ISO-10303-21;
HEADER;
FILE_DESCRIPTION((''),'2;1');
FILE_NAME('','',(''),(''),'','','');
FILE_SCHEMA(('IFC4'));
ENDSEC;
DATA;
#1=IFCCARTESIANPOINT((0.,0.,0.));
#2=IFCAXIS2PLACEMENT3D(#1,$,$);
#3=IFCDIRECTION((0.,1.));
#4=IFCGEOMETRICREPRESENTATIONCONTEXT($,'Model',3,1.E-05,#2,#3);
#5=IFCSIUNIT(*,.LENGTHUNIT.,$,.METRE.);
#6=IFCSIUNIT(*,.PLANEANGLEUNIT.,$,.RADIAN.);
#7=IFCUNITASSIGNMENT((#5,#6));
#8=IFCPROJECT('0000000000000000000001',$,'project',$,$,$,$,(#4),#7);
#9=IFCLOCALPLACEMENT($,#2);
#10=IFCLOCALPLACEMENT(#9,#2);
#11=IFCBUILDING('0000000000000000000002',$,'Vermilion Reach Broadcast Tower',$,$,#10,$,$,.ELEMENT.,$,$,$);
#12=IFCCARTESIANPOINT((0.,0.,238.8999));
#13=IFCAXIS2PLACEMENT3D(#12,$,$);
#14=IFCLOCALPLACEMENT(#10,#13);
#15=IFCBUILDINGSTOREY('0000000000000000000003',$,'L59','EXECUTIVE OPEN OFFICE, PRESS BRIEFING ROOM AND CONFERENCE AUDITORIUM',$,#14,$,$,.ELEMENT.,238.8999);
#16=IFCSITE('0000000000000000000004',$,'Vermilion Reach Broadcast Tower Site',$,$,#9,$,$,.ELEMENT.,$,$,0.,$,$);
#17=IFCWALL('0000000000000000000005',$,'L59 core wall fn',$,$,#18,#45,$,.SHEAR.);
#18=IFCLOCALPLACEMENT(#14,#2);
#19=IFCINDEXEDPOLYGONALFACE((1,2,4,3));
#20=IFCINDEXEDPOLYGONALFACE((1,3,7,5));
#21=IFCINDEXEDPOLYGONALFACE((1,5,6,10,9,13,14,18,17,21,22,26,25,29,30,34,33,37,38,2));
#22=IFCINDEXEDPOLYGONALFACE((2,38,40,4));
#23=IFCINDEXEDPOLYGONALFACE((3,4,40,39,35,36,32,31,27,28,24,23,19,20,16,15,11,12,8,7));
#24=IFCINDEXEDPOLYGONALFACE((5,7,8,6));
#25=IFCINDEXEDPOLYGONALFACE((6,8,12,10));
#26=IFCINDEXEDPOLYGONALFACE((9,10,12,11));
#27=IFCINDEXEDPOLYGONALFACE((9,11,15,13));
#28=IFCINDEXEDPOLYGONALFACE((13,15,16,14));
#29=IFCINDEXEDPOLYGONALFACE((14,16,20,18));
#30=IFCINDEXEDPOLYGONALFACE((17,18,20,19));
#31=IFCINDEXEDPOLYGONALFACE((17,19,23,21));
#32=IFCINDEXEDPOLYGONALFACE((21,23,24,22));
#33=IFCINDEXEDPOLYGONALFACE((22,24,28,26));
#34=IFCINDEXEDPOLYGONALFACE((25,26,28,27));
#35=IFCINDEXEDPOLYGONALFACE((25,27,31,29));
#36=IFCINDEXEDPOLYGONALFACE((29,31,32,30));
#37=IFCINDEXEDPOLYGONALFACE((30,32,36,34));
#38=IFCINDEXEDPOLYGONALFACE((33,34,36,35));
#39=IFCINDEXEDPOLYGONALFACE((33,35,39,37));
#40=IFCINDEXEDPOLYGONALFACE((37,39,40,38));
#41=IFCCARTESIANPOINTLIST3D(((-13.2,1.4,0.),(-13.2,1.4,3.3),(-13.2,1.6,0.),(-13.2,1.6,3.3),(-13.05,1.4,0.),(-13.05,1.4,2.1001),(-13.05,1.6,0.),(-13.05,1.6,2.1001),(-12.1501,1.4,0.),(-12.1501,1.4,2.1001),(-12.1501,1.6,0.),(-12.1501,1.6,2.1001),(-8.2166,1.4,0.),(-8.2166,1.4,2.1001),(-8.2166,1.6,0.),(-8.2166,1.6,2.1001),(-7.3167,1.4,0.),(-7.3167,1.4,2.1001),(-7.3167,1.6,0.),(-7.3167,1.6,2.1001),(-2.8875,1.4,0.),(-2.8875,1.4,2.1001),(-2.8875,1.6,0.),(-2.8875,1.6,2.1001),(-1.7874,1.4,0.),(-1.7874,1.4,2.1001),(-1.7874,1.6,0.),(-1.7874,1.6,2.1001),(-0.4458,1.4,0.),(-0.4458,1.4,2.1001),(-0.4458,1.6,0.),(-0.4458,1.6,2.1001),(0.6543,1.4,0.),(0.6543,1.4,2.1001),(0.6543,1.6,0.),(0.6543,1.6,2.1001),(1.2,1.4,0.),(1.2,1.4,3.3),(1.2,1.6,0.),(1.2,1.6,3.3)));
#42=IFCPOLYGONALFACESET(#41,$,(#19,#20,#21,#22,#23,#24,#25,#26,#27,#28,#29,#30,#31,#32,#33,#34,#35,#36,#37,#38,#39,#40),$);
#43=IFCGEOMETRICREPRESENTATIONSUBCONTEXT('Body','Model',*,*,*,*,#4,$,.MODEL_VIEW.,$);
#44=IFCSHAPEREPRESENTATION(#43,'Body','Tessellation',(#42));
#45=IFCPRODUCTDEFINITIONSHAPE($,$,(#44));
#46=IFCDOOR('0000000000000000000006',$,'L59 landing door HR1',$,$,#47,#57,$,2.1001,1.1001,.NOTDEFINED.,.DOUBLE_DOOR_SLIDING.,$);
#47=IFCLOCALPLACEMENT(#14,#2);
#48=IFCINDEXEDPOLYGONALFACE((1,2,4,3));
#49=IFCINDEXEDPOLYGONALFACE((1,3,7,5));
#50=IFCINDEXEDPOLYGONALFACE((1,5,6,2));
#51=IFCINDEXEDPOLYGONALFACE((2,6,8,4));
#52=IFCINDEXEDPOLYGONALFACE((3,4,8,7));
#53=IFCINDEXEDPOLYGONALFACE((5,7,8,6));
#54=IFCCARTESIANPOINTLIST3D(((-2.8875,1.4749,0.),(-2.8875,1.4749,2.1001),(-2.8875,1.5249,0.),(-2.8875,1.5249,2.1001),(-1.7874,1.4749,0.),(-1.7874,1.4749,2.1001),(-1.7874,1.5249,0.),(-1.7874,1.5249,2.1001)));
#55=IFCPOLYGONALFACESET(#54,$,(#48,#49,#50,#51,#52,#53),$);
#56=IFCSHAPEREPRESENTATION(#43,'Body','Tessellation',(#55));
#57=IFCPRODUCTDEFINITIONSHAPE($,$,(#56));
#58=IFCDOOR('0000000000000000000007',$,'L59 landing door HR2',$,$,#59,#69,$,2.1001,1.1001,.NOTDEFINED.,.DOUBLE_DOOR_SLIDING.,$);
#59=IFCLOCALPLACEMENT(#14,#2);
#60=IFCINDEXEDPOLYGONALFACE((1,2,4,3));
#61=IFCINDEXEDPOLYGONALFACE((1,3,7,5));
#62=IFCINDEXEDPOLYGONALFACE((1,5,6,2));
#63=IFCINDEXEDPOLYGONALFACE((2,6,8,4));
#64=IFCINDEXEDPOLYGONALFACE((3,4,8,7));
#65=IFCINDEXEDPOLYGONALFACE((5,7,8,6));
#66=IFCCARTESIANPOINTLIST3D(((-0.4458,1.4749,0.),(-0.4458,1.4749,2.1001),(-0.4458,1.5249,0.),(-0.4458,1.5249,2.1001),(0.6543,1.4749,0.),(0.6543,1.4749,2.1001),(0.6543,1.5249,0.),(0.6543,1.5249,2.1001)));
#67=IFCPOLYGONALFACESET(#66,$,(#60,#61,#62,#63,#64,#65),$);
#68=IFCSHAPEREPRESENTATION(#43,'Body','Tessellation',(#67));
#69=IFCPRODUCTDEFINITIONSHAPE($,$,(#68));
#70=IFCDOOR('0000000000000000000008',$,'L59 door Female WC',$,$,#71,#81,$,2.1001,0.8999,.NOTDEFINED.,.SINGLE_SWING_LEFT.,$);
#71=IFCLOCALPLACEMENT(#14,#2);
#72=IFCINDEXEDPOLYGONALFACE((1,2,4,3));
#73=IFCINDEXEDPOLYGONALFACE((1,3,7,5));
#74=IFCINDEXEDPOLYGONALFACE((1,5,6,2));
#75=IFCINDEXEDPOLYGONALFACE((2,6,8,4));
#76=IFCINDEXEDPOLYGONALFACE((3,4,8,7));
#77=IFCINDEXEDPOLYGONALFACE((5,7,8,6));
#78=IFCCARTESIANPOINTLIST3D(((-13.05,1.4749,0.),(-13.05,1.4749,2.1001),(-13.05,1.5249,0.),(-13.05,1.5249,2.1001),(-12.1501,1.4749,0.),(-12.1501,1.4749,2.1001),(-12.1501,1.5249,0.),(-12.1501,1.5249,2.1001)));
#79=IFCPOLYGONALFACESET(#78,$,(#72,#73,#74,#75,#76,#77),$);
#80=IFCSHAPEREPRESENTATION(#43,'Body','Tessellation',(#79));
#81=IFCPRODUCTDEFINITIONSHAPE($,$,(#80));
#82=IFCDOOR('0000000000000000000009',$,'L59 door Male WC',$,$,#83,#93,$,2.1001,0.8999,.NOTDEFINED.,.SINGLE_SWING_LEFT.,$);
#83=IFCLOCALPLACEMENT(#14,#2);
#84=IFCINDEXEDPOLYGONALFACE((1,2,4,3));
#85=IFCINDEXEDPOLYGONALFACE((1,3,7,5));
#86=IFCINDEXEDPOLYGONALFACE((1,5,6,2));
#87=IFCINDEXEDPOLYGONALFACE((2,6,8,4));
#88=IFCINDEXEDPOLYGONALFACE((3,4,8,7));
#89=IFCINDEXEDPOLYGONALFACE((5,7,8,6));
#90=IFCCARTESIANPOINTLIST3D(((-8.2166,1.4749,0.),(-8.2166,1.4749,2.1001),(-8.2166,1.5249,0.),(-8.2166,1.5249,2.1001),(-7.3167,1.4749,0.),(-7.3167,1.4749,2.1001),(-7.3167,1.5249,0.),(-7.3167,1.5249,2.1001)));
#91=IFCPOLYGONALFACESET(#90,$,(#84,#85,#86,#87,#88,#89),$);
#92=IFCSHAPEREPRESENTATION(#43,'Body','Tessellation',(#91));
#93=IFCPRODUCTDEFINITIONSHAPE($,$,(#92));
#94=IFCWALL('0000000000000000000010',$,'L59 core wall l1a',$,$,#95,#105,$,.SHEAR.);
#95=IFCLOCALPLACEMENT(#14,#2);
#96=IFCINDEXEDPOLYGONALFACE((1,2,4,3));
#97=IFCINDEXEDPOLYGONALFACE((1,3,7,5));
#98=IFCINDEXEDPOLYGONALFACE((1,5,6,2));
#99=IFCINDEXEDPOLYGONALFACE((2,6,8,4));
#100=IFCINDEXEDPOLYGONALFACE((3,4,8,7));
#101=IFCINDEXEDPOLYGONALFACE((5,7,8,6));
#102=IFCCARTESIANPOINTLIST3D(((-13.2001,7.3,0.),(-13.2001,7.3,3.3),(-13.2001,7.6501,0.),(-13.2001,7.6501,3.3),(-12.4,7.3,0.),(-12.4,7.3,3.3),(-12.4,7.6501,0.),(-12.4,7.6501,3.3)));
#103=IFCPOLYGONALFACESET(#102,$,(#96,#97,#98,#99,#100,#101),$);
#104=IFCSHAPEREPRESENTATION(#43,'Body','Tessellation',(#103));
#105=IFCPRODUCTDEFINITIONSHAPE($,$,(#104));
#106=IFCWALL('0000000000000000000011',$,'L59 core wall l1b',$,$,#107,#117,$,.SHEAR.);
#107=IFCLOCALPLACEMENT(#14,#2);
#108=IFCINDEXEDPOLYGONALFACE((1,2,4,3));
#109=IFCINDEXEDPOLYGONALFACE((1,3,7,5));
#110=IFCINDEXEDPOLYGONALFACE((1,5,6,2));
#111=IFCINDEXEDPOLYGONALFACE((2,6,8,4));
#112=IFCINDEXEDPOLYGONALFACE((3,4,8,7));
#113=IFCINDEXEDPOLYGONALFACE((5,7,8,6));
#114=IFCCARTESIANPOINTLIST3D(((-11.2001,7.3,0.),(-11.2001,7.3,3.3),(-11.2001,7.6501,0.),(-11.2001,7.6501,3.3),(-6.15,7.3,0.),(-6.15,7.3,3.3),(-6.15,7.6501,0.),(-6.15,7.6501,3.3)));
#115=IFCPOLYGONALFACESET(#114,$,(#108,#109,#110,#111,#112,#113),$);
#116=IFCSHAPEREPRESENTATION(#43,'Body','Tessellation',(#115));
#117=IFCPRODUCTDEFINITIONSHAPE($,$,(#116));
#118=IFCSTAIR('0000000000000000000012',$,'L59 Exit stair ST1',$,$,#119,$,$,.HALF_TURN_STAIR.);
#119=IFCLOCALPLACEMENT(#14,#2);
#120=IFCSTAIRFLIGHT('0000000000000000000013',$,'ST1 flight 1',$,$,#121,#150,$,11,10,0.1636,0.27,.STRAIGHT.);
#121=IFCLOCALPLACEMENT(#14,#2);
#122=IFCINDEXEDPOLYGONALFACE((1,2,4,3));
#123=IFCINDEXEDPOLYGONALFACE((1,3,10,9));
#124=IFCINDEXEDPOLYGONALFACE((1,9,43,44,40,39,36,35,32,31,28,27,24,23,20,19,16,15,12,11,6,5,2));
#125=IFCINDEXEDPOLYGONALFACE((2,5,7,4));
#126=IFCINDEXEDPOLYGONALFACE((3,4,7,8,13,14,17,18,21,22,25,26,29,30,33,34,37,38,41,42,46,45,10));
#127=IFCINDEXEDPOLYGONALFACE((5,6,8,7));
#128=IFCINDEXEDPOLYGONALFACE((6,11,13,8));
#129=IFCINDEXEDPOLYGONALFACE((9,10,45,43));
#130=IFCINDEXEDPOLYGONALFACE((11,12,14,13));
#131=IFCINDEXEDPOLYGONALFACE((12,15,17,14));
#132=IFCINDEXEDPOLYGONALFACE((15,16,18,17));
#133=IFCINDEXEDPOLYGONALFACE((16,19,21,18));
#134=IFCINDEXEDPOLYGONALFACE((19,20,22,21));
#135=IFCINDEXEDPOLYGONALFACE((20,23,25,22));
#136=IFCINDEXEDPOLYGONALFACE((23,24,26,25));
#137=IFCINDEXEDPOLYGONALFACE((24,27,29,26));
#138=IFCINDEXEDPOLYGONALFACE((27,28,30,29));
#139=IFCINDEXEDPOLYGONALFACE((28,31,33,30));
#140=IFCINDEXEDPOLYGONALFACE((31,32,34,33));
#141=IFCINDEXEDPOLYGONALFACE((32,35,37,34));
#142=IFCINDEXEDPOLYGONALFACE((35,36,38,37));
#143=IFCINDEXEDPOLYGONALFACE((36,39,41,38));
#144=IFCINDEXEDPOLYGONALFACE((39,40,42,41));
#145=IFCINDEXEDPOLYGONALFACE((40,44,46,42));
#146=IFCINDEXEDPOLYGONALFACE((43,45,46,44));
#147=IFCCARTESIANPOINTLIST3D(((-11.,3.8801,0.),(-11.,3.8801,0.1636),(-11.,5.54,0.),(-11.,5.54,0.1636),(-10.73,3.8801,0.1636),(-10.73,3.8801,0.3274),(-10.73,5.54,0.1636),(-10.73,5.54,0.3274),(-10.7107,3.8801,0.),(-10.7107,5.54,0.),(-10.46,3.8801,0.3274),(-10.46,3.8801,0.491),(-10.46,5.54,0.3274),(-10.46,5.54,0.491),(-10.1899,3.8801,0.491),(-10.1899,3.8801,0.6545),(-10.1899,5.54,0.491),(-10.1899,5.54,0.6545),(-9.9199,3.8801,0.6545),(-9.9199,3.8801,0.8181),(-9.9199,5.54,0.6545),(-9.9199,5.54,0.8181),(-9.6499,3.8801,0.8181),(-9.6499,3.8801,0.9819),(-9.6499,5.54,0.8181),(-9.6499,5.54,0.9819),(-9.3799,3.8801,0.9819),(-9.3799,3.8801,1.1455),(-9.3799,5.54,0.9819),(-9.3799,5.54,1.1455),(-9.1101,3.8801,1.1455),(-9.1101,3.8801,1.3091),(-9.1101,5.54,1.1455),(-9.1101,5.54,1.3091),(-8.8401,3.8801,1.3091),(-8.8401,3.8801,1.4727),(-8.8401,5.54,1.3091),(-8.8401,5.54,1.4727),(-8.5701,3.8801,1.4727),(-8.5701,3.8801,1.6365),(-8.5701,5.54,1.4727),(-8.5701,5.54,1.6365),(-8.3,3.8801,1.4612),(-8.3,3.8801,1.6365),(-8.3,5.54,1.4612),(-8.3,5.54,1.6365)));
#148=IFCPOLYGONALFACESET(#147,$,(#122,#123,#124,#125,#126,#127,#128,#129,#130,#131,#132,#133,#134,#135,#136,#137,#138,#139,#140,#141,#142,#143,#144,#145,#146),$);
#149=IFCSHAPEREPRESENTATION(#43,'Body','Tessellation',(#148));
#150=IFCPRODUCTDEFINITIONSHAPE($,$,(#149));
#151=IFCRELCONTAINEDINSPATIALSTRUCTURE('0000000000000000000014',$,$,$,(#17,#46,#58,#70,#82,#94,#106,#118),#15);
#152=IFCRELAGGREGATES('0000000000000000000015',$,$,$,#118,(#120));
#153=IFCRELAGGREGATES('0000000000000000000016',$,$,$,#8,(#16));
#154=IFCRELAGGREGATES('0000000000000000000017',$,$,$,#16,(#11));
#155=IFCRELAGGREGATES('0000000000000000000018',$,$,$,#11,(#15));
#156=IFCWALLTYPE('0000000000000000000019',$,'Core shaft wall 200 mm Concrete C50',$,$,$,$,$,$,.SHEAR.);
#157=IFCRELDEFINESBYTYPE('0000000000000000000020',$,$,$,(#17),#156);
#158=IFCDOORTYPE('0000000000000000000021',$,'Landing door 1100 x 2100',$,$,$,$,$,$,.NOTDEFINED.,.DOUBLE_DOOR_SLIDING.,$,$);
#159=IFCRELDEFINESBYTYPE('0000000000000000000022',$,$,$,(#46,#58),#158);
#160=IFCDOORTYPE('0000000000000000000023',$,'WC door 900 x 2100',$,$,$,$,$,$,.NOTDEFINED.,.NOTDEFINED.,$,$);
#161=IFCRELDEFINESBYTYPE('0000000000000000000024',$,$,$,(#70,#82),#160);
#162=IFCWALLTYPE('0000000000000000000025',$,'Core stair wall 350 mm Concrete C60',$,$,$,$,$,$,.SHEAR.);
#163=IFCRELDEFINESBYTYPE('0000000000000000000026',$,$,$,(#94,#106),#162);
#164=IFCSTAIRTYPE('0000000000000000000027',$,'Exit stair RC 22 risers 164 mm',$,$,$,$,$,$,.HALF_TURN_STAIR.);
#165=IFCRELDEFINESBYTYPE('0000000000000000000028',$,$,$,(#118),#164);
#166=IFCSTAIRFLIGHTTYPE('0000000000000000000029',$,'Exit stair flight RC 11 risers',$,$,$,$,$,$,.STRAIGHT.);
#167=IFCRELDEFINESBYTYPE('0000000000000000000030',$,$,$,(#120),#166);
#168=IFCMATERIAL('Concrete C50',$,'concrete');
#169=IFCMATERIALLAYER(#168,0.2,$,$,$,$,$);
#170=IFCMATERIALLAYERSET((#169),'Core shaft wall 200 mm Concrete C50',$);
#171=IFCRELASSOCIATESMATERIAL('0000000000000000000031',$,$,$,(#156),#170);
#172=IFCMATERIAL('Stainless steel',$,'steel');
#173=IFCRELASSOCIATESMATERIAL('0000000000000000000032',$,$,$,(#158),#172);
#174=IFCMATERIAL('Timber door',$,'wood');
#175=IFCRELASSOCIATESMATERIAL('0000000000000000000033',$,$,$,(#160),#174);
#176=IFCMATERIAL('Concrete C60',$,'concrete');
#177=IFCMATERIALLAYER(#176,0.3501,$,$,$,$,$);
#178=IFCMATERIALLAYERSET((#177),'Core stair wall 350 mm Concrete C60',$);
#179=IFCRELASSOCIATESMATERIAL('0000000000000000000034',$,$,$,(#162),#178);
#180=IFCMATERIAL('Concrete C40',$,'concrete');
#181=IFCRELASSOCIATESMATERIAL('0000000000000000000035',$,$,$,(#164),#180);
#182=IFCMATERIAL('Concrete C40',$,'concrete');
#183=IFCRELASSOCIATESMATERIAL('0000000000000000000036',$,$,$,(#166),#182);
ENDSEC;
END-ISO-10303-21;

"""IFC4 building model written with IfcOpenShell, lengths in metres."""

from ifc_helpers import new_model, si_unit, direction, frame, frame_2d, origin, place, context, subcontext, project, spatial, polyline, rectangle, outline, extrude, material, layer, layer_set, type_object, element, fill, aggregate, save


model = new_model("IFC4")

# Units and contexts
model_context = context("Model", 3, precision=1e-05, world=origin(), true_north=direction((0.0, 1.0)))
body_context = subcontext(model_context, "Body", "Model", "MODEL_VIEW")
ifc_project = project(units=[si_unit("LENGTHUNIT", "METRE"), si_unit("PLANEANGLEUNIT", "RADIAN")], contexts=[model_context])

# Site, building, storey
site_placement = place(None, origin())
site = spatial("IfcSite", under=ifc_project, at=site_placement, Name="Vermilion Reach Broadcast Tower Site", CompositionType="ELEMENT", RefElevation=0.0)
building_placement = place(site_placement, origin())
building = spatial("IfcBuilding", under=site, at=building_placement, Name="Vermilion Reach Broadcast Tower", CompositionType="ELEMENT")
storey_placement = place(building_placement, frame((0.0, 0.0, 238.8999)))
storey = spatial("IfcBuildingStorey", under=building, at=storey_placement, Name="L59", Description="EXECUTIVE OPEN OFFICE, PRESS BRIEFING ROOM AND CONFERENCE AUDITORIUM", CompositionType="ELEMENT", Elevation=238.8999)

# Wall, openings, doors
ifc_material_1 = material(Name="Concrete C50", Category="concrete")
ifc_layer_1 = layer(ifc_material_1, 0.2)
ifc_layer_set_1 = layer_set([ifc_layer_1], Name="Core shaft wall 200 mm Concrete C50")
wall_type_1 = type_object("IfcWallType", Name="Core shaft wall 200 mm Concrete C50", PredefinedType="SHEAR", material=ifc_layer_set_1)
wall_1_placement = place(storey_placement, frame((-13.2, 1.5, 0.0), z_axis=(0.0, 0.0, 1.0), x_axis=(1.0, 0.0, 0.0)))
wall_1 = element("IfcWall", 1, at=wall_1_placement, inside=storey, type_object=wall_type_1, Name="L59 core wall fn", PredefinedType="SHEAR", context=body_context, shape_type="SweptSolid", body=[
    extrude(rectangle(XDim=14.3999, YDim=0.2, at=frame_2d((7.2, 0.0))), origin(), (0.0, 0.0, 1.0), 3.3),
])
opening_1_placement = place(wall_1_placement, frame((10.3125, 0.0, 0.0)))
opening_1 = element("IfcOpeningElement", 2, at=opening_1_placement, cuts=wall_1, PredefinedType="OPENING", context=body_context, shape_type="SweptSolid", body=[
    extrude(rectangle(XDim=1.1001, YDim=2.1001, at=frame_2d((0.55, 1.05))), frame((0.0, 0.1099, 0.0), z_axis=(0.0, -1.0, 0.0), x_axis=(1.0, 0.0, 0.0)), (0.0, 0.0, 1.0), 0.22),
])
opening_2_placement = place(wall_1_placement, frame((12.7542, 0.0, 0.0)))
opening_2 = element("IfcOpeningElement", 3, at=opening_2_placement, cuts=wall_1, PredefinedType="OPENING", context=body_context, shape_type="SweptSolid", body=[
    extrude(rectangle(XDim=1.1001, YDim=2.1001, at=frame_2d((0.55, 1.05))), frame((0.0, 0.1099, 0.0), z_axis=(0.0, -1.0, 0.0), x_axis=(1.0, 0.0, 0.0)), (0.0, 0.0, 1.0), 0.22),
])
opening_3_placement = place(wall_1_placement, frame((0.1499, 0.0, 0.0)))
opening_3 = element("IfcOpeningElement", 4, at=opening_3_placement, cuts=wall_1, PredefinedType="OPENING", context=body_context, shape_type="SweptSolid", body=[
    extrude(rectangle(XDim=0.8999, YDim=2.1001, at=frame_2d((0.45, 1.05))), frame((0.0, 0.1099, 0.0), z_axis=(0.0, -1.0, 0.0), x_axis=(1.0, 0.0, 0.0)), (0.0, 0.0, 1.0), 0.22),
])
opening_4_placement = place(wall_1_placement, frame((4.9834, 0.0, 0.0)))
opening_4 = element("IfcOpeningElement", 5, at=opening_4_placement, cuts=wall_1, PredefinedType="OPENING", context=body_context, shape_type="SweptSolid", body=[
    extrude(rectangle(XDim=0.8999, YDim=2.1001, at=frame_2d((0.45, 1.05))), frame((0.0, 0.1099, 0.0), z_axis=(0.0, -1.0, 0.0), x_axis=(1.0, 0.0, 0.0)), (0.0, 0.0, 1.0), 0.22),
])
ifc_material_2 = material(Name="Stainless steel", Category="steel")
door_type_1 = type_object("IfcDoorType", Name="Landing door 1100 x 2100", OperationType="DOUBLE_DOOR_SLIDING", PredefinedType="NOTDEFINED", material=ifc_material_2)
door_1_placement = place(opening_1_placement, origin())
door_1 = element("IfcDoor", 6, at=door_1_placement, inside=storey, type_object=door_type_1, Name="L59 landing door HR1", OperationType="DOUBLE_DOOR_SLIDING", OverallHeight=2.1001, OverallWidth=1.1001, PredefinedType="NOTDEFINED", context=body_context, shape_type="SweptSolid", body=[
    extrude(rectangle(XDim=1.1001, YDim=2.1001, at=frame_2d((0.55, 1.05))), frame((0.0, 0.0249, 0.0), z_axis=(0.0, -1.0, 0.0), x_axis=(1.0, 0.0, 0.0)), (0.0, 0.0, 1.0), 0.05),
])
fill(opening_1, door_1)
door_2_placement = place(opening_2_placement, origin())
door_2 = element("IfcDoor", 7, at=door_2_placement, inside=storey, type_object=door_type_1, Name="L59 landing door HR2", OperationType="DOUBLE_DOOR_SLIDING", OverallHeight=2.1001, OverallWidth=1.1001, PredefinedType="NOTDEFINED", context=body_context, shape_type="SweptSolid", body=[
    extrude(rectangle(XDim=1.1001, YDim=2.1001, at=frame_2d((0.55, 1.05))), frame((0.0, 0.0249, 0.0), z_axis=(0.0, -1.0, 0.0), x_axis=(1.0, 0.0, 0.0)), (0.0, 0.0, 1.0), 0.05),
])
fill(opening_2, door_2)
ifc_material_3 = material(Name="Timber door", Category="wood")
door_type_2 = type_object("IfcDoorType", Name="WC door 900 x 2100", OperationType="NOTDEFINED", PredefinedType="NOTDEFINED", material=ifc_material_3)
door_3_placement = place(opening_3_placement, origin())
door_3 = element("IfcDoor", 8, at=door_3_placement, inside=storey, type_object=door_type_2, Name="L59 door Female WC", OperationType="SINGLE_SWING_LEFT", OverallHeight=2.1001, OverallWidth=0.8999, PredefinedType="NOTDEFINED", context=body_context, shape_type="SweptSolid", body=[
    extrude(rectangle(XDim=0.8999, YDim=2.1001, at=frame_2d((0.45, 1.05))), frame((0.0, 0.0249, 0.0), z_axis=(0.0, -1.0, 0.0), x_axis=(1.0, 0.0, 0.0)), (0.0, 0.0, 1.0), 0.05),
])
fill(opening_3, door_3)
door_4_placement = place(opening_4_placement, origin())
door_4 = element("IfcDoor", 9, at=door_4_placement, inside=storey, type_object=door_type_2, Name="L59 door Male WC", OperationType="SINGLE_SWING_LEFT", OverallHeight=2.1001, OverallWidth=0.8999, PredefinedType="NOTDEFINED", context=body_context, shape_type="SweptSolid", body=[
    extrude(rectangle(XDim=0.8999, YDim=2.1001, at=frame_2d((0.45, 1.05))), frame((0.0, 0.0249, 0.0), z_axis=(0.0, -1.0, 0.0), x_axis=(1.0, 0.0, 0.0)), (0.0, 0.0, 1.0), 0.05),
])
fill(opening_4, door_4)

# Walls
ifc_material_4 = material(Name="Concrete C60", Category="concrete")
ifc_layer_2 = layer(ifc_material_4, 0.3501)
ifc_layer_set_2 = layer_set([ifc_layer_2], Name="Core stair wall 350 mm Concrete C60")
wall_type_2 = type_object("IfcWallType", Name="Core stair wall 350 mm Concrete C60", PredefinedType="SHEAR", material=ifc_layer_set_2)
wall_2_placement = place(storey_placement, frame((-13.2, 7.4751, 0.0), z_axis=(0.0, 0.0, 1.0), x_axis=(1.0, 0.0, 0.0)))
element("IfcWall", 10, at=wall_2_placement, inside=storey, type_object=wall_type_2, Name="L59 core wall l1a", PredefinedType="SHEAR", context=body_context, shape_type="SweptSolid", body=[
    extrude(rectangle(XDim=0.8, YDim=0.3501, at=frame_2d((0.3999, 0.0))), origin(), (0.0, 0.0, 1.0), 3.3),
])
wall_3_placement = place(storey_placement, frame((-11.2, 7.4751, 0.0), z_axis=(0.0, 0.0, 1.0), x_axis=(1.0, 0.0, 0.0)))
element("IfcWall", 11, at=wall_3_placement, inside=storey, type_object=wall_type_2, Name="L59 core wall l1b", PredefinedType="SHEAR", context=body_context, shape_type="SweptSolid", body=[
    extrude(rectangle(XDim=5.05, YDim=0.3501, at=frame_2d((2.5249, 0.0))), origin(), (0.0, 0.0, 1.0), 3.3),
])

# Stair, stair flight
ifc_material_5 = material(Name="Concrete C40", Category="concrete")
stair_type = type_object("IfcStairType", Name="Exit stair RC 22 risers 164 mm", PredefinedType="HALF_TURN_STAIR", material=ifc_material_5)
stair_placement = place(storey_placement, origin())
stair = element("IfcStair", 12, at=stair_placement, inside=storey, type_object=stair_type, Name="L59 Exit stair ST1", PredefinedType="HALF_TURN_STAIR")
ifc_material_6 = material(Name="Concrete C40", Category="concrete")
stair_flight_type = type_object("IfcStairFlightType", Name="Exit stair flight RC 11 risers", PredefinedType="STRAIGHT", material=ifc_material_6)
stair_flight_1_placement = place(storey_placement, frame((-11.0, 4.71, 0.0), z_axis=(0.0, 0.0, 1.0), x_axis=(1.0, 0.0, 0.0)))
stair_flight_1 = element("IfcStairFlight", 13, at=stair_flight_1_placement, type_object=stair_flight_type, Name="ST1 flight 1", NumberOfRisers=11, NumberOfTreads=10, PredefinedType="STRAIGHT", RiserHeight=0.1636, TreadLength=0.27, context=body_context, shape_type="SweptSolid", body=[
    extrude(outline(polyline([(0.0, 0.0), (0.0, 0.1636), (0.27, 0.1636), (0.27, 0.3274), (0.54, 0.3274), (0.54, 0.491), (0.8101, 0.491), (0.8101, 0.6545), (1.0801, 0.6545), (1.0801, 0.8181), (1.3501, 0.8181), (1.3501, 0.9819), (1.6201, 0.9819), (1.6201, 1.1455), (1.8899, 1.1455), (1.8899, 1.3091), (2.1599, 1.3091), (2.1599, 1.4727), (2.4299, 1.4727), (2.4299, 1.6365), (2.7, 1.6365), (2.7, 1.8), (2.7, 1.4612), (0.2893, 0.0), (0.0, 0.0)])), frame((0.0, 0.8301, 0.0), z_axis=(0.0, -1.0, 0.0), x_axis=(1.0, 0.0, 0.0)), (0.0, 0.0, 1.0), 1.6599),
])
aggregate(stair, [stair_flight_1])

save(model, "model.ifc")
